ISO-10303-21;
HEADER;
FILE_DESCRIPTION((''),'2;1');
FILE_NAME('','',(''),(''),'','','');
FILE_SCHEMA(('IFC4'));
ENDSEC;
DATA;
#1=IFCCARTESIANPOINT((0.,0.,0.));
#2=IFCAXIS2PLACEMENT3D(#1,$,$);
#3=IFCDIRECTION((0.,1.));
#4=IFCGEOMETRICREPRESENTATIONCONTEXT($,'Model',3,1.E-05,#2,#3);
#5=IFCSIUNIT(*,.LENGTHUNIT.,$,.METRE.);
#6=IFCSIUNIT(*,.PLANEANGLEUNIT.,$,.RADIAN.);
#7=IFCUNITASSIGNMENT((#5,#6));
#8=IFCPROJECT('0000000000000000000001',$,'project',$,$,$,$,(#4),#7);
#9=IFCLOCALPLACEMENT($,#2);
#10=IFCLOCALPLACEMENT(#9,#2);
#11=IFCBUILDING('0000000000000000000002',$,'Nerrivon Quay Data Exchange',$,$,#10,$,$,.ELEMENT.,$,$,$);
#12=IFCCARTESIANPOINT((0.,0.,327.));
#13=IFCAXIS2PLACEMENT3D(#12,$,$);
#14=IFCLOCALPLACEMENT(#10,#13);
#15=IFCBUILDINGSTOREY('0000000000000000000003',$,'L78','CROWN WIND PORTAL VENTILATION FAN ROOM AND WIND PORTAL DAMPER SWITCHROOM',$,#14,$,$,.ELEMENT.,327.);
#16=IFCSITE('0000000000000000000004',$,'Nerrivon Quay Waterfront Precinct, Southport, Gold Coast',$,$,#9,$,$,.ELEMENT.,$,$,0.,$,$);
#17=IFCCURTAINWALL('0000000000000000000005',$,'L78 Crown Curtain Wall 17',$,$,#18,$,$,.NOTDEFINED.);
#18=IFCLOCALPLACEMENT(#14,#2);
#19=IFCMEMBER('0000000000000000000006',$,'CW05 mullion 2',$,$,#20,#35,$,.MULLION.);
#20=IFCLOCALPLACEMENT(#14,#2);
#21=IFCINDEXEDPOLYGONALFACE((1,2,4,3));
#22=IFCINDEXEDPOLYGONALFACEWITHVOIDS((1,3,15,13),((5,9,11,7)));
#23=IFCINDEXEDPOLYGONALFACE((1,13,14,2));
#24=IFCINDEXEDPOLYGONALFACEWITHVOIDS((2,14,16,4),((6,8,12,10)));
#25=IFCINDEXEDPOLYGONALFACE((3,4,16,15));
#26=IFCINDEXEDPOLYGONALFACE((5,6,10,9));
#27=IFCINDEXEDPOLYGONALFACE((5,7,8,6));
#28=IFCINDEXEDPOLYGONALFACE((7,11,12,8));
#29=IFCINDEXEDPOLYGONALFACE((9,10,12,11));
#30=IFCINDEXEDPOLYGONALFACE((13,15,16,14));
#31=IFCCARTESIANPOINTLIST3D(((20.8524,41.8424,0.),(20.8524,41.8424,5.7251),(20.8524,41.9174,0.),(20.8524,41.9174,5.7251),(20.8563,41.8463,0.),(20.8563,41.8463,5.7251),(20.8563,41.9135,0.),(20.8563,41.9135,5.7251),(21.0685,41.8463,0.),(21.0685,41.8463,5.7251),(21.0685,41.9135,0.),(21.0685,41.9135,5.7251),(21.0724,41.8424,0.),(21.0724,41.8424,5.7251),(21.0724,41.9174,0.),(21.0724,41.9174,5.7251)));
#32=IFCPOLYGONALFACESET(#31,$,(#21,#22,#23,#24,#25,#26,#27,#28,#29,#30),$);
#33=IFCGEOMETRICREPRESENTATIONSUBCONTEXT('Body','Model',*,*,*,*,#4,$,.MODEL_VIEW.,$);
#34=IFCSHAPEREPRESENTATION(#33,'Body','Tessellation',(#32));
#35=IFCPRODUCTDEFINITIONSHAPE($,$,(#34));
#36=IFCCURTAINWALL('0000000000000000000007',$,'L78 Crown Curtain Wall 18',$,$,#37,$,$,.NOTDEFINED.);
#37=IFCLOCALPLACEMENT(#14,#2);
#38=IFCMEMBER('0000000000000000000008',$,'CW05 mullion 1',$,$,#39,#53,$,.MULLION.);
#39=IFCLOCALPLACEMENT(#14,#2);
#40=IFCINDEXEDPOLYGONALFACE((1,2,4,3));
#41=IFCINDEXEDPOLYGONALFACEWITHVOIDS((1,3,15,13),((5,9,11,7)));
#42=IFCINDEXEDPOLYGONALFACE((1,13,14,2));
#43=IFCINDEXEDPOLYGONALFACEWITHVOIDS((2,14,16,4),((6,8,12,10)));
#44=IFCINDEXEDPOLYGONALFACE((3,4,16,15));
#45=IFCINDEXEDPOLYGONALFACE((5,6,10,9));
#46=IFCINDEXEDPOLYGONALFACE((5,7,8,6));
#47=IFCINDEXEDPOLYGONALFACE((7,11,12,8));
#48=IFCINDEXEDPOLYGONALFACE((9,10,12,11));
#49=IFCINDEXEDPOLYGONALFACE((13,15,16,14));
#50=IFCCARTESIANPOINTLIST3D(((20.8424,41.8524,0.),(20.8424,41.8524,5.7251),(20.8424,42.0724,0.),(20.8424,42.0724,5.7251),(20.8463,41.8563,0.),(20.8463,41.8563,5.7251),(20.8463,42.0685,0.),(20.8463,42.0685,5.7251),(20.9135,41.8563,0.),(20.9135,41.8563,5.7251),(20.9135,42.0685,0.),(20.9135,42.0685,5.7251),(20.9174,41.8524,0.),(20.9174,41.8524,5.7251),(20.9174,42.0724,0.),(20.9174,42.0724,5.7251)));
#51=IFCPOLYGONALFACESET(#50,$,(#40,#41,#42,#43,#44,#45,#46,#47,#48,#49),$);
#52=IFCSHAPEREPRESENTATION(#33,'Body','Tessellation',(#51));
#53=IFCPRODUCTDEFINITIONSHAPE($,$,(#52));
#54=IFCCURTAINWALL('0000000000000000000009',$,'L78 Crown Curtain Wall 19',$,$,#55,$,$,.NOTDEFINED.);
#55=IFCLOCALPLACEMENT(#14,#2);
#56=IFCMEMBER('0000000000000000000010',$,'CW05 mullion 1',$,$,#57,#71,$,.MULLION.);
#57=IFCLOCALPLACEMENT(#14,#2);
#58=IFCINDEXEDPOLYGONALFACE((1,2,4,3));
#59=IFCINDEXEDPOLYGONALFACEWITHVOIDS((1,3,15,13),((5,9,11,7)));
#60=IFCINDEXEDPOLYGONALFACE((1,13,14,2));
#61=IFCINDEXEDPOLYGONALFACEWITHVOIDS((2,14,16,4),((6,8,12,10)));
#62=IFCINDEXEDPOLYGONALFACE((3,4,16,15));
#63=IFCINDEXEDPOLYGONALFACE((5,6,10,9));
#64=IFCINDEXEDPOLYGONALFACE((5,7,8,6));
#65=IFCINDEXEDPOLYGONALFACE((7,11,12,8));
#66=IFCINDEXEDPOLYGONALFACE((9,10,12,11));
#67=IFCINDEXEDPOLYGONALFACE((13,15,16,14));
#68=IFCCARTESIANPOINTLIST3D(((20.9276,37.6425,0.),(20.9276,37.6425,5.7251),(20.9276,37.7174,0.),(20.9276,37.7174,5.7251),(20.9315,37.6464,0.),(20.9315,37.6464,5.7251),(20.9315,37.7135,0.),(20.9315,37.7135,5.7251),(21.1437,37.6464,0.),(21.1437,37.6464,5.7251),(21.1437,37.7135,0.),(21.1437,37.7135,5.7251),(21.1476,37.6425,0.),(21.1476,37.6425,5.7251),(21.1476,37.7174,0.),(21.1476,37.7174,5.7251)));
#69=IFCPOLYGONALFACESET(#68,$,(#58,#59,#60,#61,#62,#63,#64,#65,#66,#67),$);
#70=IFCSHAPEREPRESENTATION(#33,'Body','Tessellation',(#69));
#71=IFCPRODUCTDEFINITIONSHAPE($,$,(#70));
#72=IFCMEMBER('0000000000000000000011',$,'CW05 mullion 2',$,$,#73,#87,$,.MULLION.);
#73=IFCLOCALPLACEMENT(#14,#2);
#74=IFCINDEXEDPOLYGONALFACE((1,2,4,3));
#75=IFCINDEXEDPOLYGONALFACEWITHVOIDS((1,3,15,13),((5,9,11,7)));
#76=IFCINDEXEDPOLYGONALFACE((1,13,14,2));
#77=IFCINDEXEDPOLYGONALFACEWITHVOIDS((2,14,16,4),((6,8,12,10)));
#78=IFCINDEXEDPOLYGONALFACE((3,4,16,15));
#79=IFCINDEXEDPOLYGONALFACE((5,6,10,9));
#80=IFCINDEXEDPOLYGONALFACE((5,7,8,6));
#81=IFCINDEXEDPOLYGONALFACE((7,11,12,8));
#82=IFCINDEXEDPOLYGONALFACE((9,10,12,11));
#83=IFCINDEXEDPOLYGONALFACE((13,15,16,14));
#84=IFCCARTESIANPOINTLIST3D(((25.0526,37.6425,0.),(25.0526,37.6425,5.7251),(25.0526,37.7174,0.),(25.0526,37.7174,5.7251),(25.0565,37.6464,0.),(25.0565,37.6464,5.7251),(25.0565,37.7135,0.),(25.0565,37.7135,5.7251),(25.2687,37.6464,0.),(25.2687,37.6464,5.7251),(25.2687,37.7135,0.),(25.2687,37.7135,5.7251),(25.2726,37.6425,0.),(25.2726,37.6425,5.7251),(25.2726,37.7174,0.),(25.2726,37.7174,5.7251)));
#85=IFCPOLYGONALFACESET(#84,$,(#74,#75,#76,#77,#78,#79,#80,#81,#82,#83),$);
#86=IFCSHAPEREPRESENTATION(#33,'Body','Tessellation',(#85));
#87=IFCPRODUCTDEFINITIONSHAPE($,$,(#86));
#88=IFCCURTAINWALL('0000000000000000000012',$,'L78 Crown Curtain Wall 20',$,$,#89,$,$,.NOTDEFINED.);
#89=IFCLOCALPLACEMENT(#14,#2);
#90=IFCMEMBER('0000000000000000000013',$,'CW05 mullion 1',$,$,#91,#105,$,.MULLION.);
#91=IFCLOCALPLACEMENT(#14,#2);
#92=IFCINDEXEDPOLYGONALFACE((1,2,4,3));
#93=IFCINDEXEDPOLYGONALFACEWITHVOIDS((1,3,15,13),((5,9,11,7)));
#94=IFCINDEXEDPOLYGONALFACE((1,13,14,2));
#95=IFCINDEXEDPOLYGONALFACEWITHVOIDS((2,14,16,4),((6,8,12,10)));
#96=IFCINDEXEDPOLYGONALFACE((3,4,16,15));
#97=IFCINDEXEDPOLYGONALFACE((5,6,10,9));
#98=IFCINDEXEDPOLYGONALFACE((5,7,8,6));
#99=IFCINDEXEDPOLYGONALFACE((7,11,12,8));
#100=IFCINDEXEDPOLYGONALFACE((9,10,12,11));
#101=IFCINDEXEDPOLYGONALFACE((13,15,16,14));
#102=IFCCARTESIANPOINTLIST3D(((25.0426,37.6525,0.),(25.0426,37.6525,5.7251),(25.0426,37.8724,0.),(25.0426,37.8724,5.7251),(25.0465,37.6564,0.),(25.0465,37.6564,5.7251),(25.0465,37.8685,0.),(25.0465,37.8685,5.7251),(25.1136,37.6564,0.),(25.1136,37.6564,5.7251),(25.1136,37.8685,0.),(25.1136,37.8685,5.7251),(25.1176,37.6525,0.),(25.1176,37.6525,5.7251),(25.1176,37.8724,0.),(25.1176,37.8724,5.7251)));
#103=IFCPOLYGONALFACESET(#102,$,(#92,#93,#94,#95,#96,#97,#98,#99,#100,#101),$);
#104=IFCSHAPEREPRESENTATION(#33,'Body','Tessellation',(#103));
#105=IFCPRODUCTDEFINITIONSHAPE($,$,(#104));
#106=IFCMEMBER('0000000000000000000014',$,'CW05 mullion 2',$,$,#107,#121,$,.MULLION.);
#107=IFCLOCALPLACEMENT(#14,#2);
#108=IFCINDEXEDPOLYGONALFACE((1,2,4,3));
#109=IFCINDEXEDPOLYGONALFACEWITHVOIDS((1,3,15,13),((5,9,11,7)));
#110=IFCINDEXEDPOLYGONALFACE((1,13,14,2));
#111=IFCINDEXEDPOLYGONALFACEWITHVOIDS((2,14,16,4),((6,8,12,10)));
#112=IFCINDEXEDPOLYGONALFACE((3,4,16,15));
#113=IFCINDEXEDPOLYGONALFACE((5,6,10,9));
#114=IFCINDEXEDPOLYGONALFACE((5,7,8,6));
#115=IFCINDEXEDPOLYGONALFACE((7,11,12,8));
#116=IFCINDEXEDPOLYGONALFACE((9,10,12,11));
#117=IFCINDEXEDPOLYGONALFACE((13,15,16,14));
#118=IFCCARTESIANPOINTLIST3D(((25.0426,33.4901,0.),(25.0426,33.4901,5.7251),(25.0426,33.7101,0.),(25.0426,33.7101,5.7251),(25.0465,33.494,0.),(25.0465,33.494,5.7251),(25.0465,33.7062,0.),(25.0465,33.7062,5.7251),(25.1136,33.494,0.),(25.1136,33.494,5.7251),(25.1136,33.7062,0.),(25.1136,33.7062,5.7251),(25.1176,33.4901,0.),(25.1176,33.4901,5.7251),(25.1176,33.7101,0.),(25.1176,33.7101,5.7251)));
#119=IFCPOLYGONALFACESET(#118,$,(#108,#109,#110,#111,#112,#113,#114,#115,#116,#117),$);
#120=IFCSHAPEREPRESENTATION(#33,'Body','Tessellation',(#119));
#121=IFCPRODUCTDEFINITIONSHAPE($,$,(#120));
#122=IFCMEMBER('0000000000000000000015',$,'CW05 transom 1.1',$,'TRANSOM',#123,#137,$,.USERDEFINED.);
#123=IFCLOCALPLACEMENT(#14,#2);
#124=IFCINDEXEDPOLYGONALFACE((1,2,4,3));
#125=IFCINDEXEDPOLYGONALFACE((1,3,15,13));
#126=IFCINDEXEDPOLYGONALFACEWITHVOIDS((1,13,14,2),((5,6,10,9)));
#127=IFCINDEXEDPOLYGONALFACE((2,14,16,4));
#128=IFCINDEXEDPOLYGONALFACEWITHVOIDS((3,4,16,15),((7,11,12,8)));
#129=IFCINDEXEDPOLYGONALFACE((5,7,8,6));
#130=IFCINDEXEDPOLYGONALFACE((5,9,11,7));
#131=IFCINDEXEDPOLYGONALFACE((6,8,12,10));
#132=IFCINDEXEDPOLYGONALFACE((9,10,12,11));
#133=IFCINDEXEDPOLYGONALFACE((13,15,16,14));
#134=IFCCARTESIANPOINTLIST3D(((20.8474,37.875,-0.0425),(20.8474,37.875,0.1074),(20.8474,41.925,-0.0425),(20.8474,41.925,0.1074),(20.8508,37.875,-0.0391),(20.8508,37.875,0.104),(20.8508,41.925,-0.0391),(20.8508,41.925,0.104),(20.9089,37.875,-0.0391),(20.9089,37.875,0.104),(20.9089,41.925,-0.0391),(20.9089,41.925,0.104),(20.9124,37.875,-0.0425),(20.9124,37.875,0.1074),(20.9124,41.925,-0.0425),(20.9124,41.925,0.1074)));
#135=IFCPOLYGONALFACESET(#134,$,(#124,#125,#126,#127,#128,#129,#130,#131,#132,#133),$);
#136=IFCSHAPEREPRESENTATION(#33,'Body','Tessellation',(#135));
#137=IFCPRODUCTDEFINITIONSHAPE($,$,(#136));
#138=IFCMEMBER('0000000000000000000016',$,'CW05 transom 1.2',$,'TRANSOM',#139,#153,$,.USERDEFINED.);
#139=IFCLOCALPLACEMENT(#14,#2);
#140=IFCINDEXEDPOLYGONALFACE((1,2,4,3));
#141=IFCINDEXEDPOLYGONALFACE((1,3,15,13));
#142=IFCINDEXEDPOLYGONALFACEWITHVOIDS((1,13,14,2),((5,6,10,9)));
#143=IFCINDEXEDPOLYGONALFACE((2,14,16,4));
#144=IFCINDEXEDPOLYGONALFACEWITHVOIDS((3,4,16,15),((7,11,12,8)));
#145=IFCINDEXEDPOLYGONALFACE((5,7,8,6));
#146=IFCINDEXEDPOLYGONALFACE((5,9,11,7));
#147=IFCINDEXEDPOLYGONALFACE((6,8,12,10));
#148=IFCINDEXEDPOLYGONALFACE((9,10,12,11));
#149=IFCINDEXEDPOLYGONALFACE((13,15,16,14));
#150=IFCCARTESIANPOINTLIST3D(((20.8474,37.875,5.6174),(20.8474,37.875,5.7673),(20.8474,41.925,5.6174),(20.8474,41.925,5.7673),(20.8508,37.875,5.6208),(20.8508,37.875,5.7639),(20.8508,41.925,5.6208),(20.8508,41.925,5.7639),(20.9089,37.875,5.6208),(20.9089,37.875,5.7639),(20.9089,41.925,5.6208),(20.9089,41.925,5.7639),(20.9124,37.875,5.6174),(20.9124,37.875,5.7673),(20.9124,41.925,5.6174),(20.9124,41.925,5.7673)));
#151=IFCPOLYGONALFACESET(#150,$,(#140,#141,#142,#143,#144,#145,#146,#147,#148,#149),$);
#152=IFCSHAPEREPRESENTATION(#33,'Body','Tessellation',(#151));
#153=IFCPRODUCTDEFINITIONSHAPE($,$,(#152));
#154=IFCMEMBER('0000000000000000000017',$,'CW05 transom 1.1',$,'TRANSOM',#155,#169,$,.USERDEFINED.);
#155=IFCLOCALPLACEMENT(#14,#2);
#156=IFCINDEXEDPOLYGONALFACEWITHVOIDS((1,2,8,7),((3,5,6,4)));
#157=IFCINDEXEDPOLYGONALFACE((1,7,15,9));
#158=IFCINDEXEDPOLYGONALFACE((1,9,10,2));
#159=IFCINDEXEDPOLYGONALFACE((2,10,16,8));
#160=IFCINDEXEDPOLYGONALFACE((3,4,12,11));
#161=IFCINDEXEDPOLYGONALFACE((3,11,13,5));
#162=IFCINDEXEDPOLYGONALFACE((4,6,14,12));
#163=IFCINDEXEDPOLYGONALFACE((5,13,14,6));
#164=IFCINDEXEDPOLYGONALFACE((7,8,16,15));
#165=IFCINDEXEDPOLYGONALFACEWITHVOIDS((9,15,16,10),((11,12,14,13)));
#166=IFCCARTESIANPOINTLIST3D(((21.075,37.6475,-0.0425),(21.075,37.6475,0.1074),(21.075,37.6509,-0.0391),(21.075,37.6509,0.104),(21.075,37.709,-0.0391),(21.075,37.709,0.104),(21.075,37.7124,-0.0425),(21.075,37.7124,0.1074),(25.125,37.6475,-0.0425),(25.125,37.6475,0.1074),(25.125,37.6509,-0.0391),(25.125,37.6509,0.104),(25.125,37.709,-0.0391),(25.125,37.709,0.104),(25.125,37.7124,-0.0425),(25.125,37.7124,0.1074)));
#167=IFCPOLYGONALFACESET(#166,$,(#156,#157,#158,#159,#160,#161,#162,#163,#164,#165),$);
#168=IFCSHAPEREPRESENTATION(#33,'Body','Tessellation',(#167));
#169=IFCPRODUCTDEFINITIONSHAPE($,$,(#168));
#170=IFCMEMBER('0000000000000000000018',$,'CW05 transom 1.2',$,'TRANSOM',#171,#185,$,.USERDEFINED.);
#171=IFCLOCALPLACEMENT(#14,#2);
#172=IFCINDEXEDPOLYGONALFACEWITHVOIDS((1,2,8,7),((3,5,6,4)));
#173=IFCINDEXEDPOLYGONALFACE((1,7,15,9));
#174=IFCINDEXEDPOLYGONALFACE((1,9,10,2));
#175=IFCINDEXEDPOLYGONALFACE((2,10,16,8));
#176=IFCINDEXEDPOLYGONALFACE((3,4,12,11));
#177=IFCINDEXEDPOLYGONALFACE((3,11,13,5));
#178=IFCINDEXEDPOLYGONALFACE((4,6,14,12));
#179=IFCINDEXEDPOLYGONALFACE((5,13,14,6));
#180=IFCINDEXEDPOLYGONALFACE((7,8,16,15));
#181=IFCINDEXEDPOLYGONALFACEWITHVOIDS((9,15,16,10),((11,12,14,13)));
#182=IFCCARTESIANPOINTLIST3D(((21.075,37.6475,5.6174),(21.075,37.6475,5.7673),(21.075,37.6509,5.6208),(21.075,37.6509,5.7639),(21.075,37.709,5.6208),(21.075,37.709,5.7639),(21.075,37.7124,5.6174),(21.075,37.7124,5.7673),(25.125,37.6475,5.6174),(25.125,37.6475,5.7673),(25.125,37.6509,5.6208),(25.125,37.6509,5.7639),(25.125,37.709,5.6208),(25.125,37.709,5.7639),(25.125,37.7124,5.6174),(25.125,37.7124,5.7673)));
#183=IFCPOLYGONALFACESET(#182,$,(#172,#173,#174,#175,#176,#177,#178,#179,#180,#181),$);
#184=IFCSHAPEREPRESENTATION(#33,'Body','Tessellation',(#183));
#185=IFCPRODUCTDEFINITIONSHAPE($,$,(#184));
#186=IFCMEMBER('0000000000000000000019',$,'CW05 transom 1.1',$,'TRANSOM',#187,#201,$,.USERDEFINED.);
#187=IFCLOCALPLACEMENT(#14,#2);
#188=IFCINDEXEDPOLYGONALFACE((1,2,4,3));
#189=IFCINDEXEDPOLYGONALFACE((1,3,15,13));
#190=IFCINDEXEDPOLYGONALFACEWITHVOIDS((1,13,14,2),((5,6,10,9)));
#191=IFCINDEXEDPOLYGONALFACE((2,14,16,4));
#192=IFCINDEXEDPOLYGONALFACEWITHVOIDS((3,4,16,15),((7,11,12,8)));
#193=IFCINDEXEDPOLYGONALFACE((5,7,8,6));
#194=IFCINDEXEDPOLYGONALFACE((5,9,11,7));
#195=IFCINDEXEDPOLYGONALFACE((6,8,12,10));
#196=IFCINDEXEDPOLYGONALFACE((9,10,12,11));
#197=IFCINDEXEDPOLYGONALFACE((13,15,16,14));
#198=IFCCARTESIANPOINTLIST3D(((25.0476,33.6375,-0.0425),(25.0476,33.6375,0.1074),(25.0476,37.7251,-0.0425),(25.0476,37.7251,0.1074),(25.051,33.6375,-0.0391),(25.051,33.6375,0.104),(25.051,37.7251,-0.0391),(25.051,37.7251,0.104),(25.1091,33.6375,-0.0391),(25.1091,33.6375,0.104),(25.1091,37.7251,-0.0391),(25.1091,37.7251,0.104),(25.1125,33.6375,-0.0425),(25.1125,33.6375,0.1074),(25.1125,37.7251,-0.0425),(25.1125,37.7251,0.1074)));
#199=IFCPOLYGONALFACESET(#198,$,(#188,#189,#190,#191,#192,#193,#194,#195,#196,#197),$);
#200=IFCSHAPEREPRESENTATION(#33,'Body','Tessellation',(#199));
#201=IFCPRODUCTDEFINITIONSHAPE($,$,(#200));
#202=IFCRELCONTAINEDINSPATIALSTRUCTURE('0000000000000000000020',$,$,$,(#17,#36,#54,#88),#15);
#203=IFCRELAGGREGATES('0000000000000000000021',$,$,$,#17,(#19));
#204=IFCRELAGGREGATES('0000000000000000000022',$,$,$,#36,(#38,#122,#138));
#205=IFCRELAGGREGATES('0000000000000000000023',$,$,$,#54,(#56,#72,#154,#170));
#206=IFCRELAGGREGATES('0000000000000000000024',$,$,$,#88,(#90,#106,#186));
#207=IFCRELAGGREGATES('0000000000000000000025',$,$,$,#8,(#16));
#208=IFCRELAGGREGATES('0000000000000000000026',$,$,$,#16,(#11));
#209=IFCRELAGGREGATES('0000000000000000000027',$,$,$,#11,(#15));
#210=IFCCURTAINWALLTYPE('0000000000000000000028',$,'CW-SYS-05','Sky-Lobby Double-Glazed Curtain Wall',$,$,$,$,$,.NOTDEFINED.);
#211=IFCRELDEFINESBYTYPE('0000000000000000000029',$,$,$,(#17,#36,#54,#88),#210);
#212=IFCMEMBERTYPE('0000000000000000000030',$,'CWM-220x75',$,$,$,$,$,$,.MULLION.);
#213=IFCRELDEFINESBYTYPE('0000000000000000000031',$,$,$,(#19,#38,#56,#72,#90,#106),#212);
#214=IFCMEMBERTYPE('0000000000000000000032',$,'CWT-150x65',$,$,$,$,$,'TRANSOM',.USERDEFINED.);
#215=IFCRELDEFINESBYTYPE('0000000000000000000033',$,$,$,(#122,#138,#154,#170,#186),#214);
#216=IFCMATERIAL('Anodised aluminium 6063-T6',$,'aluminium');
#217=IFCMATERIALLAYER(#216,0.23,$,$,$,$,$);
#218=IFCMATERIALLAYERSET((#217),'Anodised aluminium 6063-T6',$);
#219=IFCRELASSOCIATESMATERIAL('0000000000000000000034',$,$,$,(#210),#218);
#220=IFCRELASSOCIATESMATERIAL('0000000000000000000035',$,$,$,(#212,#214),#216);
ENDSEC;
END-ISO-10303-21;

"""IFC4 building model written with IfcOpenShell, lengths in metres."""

from ifc_helpers import new_model, si_unit, direction, frame, origin, origin_2d, place, context, subcontext, project, spatial, hollow_rectangle, extrude, material, layer, layer_set, material_profile, profile_set, type_object, element, aggregate, save


model = new_model("IFC4")

# Units and contexts
model_context = context("Model", 3, precision=1e-05, world=origin(), true_north=direction((0.0, 1.0)))
body_context = subcontext(model_context, "Body", "Model", "MODEL_VIEW")
ifc_project = project(units=[si_unit("LENGTHUNIT", "METRE"), si_unit("PLANEANGLEUNIT", "RADIAN")], contexts=[model_context])

# Site, building, storey
site_placement = place(None, origin())
site = spatial("IfcSite", under=ifc_project, at=site_placement, Name="Nerrivon Quay Waterfront Precinct, Southport, Gold Coast", CompositionType="ELEMENT", RefElevation=0.0)
building_placement = place(site_placement, origin())
building = spatial("IfcBuilding", under=site, at=building_placement, Name="Nerrivon Quay Data Exchange", CompositionType="ELEMENT")
storey_placement = place(building_placement, frame((0.0, 0.0, 327.0)))
storey = spatial("IfcBuildingStorey", under=building, at=storey_placement, Name="L78", Description="CROWN WIND PORTAL VENTILATION FAN ROOM AND WIND PORTAL DAMPER SWITCHROOM", CompositionType="ELEMENT", Elevation=327.0)

# Curtain walls, members
ifc_material_1 = material(Name="Anodised aluminium 6063-T6", Category="aluminium")
ifc_layer_1 = layer(ifc_material_1, 0.23)
ifc_layer_set_1 = layer_set([ifc_layer_1], Name="Anodised aluminium 6063-T6")
curtain_wall_type = type_object("IfcCurtainWallType", Name="CW-SYS-05", Description="Sky-Lobby Double-Glazed Curtain Wall", PredefinedType="NOTDEFINED", material=ifc_layer_set_1)
curtain_wall_1_placement = place(storey_placement, origin())
curtain_wall_1 = element("IfcCurtainWall", 1, at=curtain_wall_1_placement, inside=storey, type_object=curtain_wall_type, Name="L78 Crown Curtain Wall 17", PredefinedType="NOTDEFINED")
ifc_material_profile_1 = material_profile(ifc_material_1, hollow_rectangle(XDim=0.075, YDim=0.22, WallThickness=0.0039, at=origin_2d()), Name="ALU-MULL-220x75")
ifc_profile_set_1 = profile_set([ifc_material_profile_1], Name="Anodised aluminium 6063-T6")
member_type_1 = type_object("IfcMemberType", Name="CWM-220x75", PredefinedType="MULLION", material=ifc_profile_set_1)
member_1_placement = place(storey_placement, frame((20.9624, 41.8799, 0.0), z_axis=(0.0, 0.0, 1.0), x_axis=(0.0, 1.0, 0.0)))
member_1 = element("IfcMember", 2, at=member_1_placement, type_object=member_type_1, Name="CW05 mullion 2", PredefinedType="MULLION", context=body_context, shape_type="SweptSolid", body=[
    extrude(hollow_rectangle(XDim=0.075, YDim=0.22, WallThickness=0.0039, at=origin_2d()), origin(), (0.0, 0.0, 1.0), 5.7251),
])
aggregate(curtain_wall_1, [member_1])
curtain_wall_2_placement = place(storey_placement, origin())
curtain_wall_2 = element("IfcCurtainWall", 3, at=curtain_wall_2_placement, inside=storey, type_object=curtain_wall_type, Name="L78 Crown Curtain Wall 18", PredefinedType="NOTDEFINED")
member_2_placement = place(storey_placement, frame((20.8799, 41.9624, 0.0), z_axis=(0.0, 0.0, 1.0), x_axis=(1.0, 0.0, 0.0)))
member_2 = element("IfcMember", 4, at=member_2_placement, type_object=member_type_1, Name="CW05 mullion 1", PredefinedType="MULLION", context=body_context, shape_type="SweptSolid", body=[
    extrude(hollow_rectangle(XDim=0.075, YDim=0.22, WallThickness=0.0039, at=origin_2d()), origin(), (0.0, 0.0, 1.0), 5.7251),
])

# Curtain walls, members
curtain_wall_3_placement = place(storey_placement, origin())
curtain_wall_3 = element("IfcCurtainWall", 5, at=curtain_wall_3_placement, inside=storey, type_object=curtain_wall_type, Name="L78 Crown Curtain Wall 19", PredefinedType="NOTDEFINED")
member_3_placement = place(storey_placement, frame((21.0376, 37.6799, 0.0), z_axis=(0.0, 0.0, 1.0), x_axis=(0.0, 1.0, 0.0)))
member_3 = element("IfcMember", 6, at=member_3_placement, type_object=member_type_1, Name="CW05 mullion 1", PredefinedType="MULLION", context=body_context, shape_type="SweptSolid", body=[
    extrude(hollow_rectangle(XDim=0.075, YDim=0.22, WallThickness=0.0039, at=origin_2d()), origin(), (0.0, 0.0, 1.0), 5.7251),
])
member_4_placement = place(storey_placement, frame((25.1626, 37.6799, 0.0), z_axis=(0.0, 0.0, 1.0), x_axis=(0.0, 1.0, 0.0)))
member_4 = element("IfcMember", 7, at=member_4_placement, type_object=member_type_1, Name="CW05 mullion 2", PredefinedType="MULLION", context=body_context, shape_type="SweptSolid", body=[
    extrude(hollow_rectangle(XDim=0.075, YDim=0.22, WallThickness=0.0039, at=origin_2d()), origin(), (0.0, 0.0, 1.0), 5.7251),
])
curtain_wall_4_placement = place(storey_placement, origin())
curtain_wall_4 = element("IfcCurtainWall", 8, at=curtain_wall_4_placement, inside=storey, type_object=curtain_wall_type, Name="L78 Crown Curtain Wall 20", PredefinedType="NOTDEFINED")
member_5_placement = place(storey_placement, frame((25.0801, 37.7625, 0.0), z_axis=(0.0, 0.0, 1.0), x_axis=(1.0, 0.0, 0.0)))
member_5 = element("IfcMember", 9, at=member_5_placement, type_object=member_type_1, Name="CW05 mullion 1", PredefinedType="MULLION", context=body_context, shape_type="SweptSolid", body=[
    extrude(hollow_rectangle(XDim=0.075, YDim=0.22, WallThickness=0.0039, at=origin_2d()), origin(), (0.0, 0.0, 1.0), 5.7251),
])
member_6_placement = place(storey_placement, frame((25.0801, 33.6001, 0.0), z_axis=(0.0, 0.0, 1.0), x_axis=(1.0, 0.0, 0.0)))
member_6 = element("IfcMember", 10, at=member_6_placement, type_object=member_type_1, Name="CW05 mullion 2", PredefinedType="MULLION", context=body_context, shape_type="SweptSolid", body=[
    extrude(hollow_rectangle(XDim=0.075, YDim=0.22, WallThickness=0.0039, at=origin_2d()), origin(), (0.0, 0.0, 1.0), 5.7251),
])

# Members
ifc_material_profile_2 = material_profile(ifc_material_1, hollow_rectangle(XDim=0.0649, YDim=0.1499, WallThickness=0.0034, at=origin_2d()), Name="ALU-TRAN-150x65")
ifc_profile_set_2 = profile_set([ifc_material_profile_2], Name="Anodised aluminium 6063-T6")
member_type_2 = type_object("IfcMemberType", Name="CWT-150x65", ElementType="TRANSOM", PredefinedType="USERDEFINED", material=ifc_profile_set_2)
member_7_placement = place(storey_placement, frame((20.8799, 41.925, 0.0325), z_axis=(0.0, -1.0, 0.0), x_axis=(1.0, 0.0, 0.0)))
member_7 = element("IfcMember", 11, at=member_7_placement, type_object=member_type_2, Name="CW05 transom 1.1", ObjectType="TRANSOM", PredefinedType="USERDEFINED", context=body_context, shape_type="SweptSolid", body=[
    extrude(hollow_rectangle(XDim=0.0649, YDim=0.1499, WallThickness=0.0034, at=origin_2d()), origin(), (0.0, 0.0, 1.0), 4.05),
])
member_8_placement = place(storey_placement, frame((20.8799, 41.925, 5.6924), z_axis=(0.0, -1.0, 0.0), x_axis=(1.0, 0.0, 0.0)))
member_8 = element("IfcMember", 12, at=member_8_placement, type_object=member_type_2, Name="CW05 transom 1.2", ObjectType="TRANSOM", PredefinedType="USERDEFINED", context=body_context, shape_type="SweptSolid", body=[
    extrude(hollow_rectangle(XDim=0.0649, YDim=0.1499, WallThickness=0.0034, at=origin_2d()), origin(), (0.0, 0.0, 1.0), 4.05),
])
member_9_placement = place(storey_placement, frame((21.075, 37.6799, 0.0325), z_axis=(1.0, 0.0, 0.0), x_axis=(0.0, 1.0, 0.0)))
member_9 = element("IfcMember", 13, at=member_9_placement, type_object=member_type_2, Name="CW05 transom 1.1", ObjectType="TRANSOM", PredefinedType="USERDEFINED", context=body_context, shape_type="SweptSolid", body=[
    extrude(hollow_rectangle(XDim=0.0649, YDim=0.1499, WallThickness=0.0034, at=origin_2d()), origin(), (0.0, 0.0, 1.0), 4.05),
])
member_10_placement = place(storey_placement, frame((21.075, 37.6799, 5.6924), z_axis=(1.0, 0.0, 0.0), x_axis=(0.0, 1.0, 0.0)))
member_10 = element("IfcMember", 14, at=member_10_placement, type_object=member_type_2, Name="CW05 transom 1.2", ObjectType="TRANSOM", PredefinedType="USERDEFINED", context=body_context, shape_type="SweptSolid", body=[
    extrude(hollow_rectangle(XDim=0.0649, YDim=0.1499, WallThickness=0.0034, at=origin_2d()), origin(), (0.0, 0.0, 1.0), 4.05),
])
member_11_placement = place(storey_placement, frame((25.0801, 37.7251, 0.0325), z_axis=(0.0, -1.0, 0.0), x_axis=(1.0, 0.0, 0.0)))
member_11 = element("IfcMember", 15, at=member_11_placement, type_object=member_type_2, Name="CW05 transom 1.1", ObjectType="TRANSOM", PredefinedType="USERDEFINED", context=body_context, shape_type="SweptSolid", body=[
    extrude(hollow_rectangle(XDim=0.0649, YDim=0.1499, WallThickness=0.0034, at=origin_2d()), origin(), (0.0, 0.0, 1.0), 4.0876),
])

aggregate(curtain_wall_2, [member_2, member_7, member_8])
aggregate(curtain_wall_3, [member_3, member_4, member_9, member_10])
aggregate(curtain_wall_4, [member_5, member_6, member_11])

save(model, "model.ifc")
